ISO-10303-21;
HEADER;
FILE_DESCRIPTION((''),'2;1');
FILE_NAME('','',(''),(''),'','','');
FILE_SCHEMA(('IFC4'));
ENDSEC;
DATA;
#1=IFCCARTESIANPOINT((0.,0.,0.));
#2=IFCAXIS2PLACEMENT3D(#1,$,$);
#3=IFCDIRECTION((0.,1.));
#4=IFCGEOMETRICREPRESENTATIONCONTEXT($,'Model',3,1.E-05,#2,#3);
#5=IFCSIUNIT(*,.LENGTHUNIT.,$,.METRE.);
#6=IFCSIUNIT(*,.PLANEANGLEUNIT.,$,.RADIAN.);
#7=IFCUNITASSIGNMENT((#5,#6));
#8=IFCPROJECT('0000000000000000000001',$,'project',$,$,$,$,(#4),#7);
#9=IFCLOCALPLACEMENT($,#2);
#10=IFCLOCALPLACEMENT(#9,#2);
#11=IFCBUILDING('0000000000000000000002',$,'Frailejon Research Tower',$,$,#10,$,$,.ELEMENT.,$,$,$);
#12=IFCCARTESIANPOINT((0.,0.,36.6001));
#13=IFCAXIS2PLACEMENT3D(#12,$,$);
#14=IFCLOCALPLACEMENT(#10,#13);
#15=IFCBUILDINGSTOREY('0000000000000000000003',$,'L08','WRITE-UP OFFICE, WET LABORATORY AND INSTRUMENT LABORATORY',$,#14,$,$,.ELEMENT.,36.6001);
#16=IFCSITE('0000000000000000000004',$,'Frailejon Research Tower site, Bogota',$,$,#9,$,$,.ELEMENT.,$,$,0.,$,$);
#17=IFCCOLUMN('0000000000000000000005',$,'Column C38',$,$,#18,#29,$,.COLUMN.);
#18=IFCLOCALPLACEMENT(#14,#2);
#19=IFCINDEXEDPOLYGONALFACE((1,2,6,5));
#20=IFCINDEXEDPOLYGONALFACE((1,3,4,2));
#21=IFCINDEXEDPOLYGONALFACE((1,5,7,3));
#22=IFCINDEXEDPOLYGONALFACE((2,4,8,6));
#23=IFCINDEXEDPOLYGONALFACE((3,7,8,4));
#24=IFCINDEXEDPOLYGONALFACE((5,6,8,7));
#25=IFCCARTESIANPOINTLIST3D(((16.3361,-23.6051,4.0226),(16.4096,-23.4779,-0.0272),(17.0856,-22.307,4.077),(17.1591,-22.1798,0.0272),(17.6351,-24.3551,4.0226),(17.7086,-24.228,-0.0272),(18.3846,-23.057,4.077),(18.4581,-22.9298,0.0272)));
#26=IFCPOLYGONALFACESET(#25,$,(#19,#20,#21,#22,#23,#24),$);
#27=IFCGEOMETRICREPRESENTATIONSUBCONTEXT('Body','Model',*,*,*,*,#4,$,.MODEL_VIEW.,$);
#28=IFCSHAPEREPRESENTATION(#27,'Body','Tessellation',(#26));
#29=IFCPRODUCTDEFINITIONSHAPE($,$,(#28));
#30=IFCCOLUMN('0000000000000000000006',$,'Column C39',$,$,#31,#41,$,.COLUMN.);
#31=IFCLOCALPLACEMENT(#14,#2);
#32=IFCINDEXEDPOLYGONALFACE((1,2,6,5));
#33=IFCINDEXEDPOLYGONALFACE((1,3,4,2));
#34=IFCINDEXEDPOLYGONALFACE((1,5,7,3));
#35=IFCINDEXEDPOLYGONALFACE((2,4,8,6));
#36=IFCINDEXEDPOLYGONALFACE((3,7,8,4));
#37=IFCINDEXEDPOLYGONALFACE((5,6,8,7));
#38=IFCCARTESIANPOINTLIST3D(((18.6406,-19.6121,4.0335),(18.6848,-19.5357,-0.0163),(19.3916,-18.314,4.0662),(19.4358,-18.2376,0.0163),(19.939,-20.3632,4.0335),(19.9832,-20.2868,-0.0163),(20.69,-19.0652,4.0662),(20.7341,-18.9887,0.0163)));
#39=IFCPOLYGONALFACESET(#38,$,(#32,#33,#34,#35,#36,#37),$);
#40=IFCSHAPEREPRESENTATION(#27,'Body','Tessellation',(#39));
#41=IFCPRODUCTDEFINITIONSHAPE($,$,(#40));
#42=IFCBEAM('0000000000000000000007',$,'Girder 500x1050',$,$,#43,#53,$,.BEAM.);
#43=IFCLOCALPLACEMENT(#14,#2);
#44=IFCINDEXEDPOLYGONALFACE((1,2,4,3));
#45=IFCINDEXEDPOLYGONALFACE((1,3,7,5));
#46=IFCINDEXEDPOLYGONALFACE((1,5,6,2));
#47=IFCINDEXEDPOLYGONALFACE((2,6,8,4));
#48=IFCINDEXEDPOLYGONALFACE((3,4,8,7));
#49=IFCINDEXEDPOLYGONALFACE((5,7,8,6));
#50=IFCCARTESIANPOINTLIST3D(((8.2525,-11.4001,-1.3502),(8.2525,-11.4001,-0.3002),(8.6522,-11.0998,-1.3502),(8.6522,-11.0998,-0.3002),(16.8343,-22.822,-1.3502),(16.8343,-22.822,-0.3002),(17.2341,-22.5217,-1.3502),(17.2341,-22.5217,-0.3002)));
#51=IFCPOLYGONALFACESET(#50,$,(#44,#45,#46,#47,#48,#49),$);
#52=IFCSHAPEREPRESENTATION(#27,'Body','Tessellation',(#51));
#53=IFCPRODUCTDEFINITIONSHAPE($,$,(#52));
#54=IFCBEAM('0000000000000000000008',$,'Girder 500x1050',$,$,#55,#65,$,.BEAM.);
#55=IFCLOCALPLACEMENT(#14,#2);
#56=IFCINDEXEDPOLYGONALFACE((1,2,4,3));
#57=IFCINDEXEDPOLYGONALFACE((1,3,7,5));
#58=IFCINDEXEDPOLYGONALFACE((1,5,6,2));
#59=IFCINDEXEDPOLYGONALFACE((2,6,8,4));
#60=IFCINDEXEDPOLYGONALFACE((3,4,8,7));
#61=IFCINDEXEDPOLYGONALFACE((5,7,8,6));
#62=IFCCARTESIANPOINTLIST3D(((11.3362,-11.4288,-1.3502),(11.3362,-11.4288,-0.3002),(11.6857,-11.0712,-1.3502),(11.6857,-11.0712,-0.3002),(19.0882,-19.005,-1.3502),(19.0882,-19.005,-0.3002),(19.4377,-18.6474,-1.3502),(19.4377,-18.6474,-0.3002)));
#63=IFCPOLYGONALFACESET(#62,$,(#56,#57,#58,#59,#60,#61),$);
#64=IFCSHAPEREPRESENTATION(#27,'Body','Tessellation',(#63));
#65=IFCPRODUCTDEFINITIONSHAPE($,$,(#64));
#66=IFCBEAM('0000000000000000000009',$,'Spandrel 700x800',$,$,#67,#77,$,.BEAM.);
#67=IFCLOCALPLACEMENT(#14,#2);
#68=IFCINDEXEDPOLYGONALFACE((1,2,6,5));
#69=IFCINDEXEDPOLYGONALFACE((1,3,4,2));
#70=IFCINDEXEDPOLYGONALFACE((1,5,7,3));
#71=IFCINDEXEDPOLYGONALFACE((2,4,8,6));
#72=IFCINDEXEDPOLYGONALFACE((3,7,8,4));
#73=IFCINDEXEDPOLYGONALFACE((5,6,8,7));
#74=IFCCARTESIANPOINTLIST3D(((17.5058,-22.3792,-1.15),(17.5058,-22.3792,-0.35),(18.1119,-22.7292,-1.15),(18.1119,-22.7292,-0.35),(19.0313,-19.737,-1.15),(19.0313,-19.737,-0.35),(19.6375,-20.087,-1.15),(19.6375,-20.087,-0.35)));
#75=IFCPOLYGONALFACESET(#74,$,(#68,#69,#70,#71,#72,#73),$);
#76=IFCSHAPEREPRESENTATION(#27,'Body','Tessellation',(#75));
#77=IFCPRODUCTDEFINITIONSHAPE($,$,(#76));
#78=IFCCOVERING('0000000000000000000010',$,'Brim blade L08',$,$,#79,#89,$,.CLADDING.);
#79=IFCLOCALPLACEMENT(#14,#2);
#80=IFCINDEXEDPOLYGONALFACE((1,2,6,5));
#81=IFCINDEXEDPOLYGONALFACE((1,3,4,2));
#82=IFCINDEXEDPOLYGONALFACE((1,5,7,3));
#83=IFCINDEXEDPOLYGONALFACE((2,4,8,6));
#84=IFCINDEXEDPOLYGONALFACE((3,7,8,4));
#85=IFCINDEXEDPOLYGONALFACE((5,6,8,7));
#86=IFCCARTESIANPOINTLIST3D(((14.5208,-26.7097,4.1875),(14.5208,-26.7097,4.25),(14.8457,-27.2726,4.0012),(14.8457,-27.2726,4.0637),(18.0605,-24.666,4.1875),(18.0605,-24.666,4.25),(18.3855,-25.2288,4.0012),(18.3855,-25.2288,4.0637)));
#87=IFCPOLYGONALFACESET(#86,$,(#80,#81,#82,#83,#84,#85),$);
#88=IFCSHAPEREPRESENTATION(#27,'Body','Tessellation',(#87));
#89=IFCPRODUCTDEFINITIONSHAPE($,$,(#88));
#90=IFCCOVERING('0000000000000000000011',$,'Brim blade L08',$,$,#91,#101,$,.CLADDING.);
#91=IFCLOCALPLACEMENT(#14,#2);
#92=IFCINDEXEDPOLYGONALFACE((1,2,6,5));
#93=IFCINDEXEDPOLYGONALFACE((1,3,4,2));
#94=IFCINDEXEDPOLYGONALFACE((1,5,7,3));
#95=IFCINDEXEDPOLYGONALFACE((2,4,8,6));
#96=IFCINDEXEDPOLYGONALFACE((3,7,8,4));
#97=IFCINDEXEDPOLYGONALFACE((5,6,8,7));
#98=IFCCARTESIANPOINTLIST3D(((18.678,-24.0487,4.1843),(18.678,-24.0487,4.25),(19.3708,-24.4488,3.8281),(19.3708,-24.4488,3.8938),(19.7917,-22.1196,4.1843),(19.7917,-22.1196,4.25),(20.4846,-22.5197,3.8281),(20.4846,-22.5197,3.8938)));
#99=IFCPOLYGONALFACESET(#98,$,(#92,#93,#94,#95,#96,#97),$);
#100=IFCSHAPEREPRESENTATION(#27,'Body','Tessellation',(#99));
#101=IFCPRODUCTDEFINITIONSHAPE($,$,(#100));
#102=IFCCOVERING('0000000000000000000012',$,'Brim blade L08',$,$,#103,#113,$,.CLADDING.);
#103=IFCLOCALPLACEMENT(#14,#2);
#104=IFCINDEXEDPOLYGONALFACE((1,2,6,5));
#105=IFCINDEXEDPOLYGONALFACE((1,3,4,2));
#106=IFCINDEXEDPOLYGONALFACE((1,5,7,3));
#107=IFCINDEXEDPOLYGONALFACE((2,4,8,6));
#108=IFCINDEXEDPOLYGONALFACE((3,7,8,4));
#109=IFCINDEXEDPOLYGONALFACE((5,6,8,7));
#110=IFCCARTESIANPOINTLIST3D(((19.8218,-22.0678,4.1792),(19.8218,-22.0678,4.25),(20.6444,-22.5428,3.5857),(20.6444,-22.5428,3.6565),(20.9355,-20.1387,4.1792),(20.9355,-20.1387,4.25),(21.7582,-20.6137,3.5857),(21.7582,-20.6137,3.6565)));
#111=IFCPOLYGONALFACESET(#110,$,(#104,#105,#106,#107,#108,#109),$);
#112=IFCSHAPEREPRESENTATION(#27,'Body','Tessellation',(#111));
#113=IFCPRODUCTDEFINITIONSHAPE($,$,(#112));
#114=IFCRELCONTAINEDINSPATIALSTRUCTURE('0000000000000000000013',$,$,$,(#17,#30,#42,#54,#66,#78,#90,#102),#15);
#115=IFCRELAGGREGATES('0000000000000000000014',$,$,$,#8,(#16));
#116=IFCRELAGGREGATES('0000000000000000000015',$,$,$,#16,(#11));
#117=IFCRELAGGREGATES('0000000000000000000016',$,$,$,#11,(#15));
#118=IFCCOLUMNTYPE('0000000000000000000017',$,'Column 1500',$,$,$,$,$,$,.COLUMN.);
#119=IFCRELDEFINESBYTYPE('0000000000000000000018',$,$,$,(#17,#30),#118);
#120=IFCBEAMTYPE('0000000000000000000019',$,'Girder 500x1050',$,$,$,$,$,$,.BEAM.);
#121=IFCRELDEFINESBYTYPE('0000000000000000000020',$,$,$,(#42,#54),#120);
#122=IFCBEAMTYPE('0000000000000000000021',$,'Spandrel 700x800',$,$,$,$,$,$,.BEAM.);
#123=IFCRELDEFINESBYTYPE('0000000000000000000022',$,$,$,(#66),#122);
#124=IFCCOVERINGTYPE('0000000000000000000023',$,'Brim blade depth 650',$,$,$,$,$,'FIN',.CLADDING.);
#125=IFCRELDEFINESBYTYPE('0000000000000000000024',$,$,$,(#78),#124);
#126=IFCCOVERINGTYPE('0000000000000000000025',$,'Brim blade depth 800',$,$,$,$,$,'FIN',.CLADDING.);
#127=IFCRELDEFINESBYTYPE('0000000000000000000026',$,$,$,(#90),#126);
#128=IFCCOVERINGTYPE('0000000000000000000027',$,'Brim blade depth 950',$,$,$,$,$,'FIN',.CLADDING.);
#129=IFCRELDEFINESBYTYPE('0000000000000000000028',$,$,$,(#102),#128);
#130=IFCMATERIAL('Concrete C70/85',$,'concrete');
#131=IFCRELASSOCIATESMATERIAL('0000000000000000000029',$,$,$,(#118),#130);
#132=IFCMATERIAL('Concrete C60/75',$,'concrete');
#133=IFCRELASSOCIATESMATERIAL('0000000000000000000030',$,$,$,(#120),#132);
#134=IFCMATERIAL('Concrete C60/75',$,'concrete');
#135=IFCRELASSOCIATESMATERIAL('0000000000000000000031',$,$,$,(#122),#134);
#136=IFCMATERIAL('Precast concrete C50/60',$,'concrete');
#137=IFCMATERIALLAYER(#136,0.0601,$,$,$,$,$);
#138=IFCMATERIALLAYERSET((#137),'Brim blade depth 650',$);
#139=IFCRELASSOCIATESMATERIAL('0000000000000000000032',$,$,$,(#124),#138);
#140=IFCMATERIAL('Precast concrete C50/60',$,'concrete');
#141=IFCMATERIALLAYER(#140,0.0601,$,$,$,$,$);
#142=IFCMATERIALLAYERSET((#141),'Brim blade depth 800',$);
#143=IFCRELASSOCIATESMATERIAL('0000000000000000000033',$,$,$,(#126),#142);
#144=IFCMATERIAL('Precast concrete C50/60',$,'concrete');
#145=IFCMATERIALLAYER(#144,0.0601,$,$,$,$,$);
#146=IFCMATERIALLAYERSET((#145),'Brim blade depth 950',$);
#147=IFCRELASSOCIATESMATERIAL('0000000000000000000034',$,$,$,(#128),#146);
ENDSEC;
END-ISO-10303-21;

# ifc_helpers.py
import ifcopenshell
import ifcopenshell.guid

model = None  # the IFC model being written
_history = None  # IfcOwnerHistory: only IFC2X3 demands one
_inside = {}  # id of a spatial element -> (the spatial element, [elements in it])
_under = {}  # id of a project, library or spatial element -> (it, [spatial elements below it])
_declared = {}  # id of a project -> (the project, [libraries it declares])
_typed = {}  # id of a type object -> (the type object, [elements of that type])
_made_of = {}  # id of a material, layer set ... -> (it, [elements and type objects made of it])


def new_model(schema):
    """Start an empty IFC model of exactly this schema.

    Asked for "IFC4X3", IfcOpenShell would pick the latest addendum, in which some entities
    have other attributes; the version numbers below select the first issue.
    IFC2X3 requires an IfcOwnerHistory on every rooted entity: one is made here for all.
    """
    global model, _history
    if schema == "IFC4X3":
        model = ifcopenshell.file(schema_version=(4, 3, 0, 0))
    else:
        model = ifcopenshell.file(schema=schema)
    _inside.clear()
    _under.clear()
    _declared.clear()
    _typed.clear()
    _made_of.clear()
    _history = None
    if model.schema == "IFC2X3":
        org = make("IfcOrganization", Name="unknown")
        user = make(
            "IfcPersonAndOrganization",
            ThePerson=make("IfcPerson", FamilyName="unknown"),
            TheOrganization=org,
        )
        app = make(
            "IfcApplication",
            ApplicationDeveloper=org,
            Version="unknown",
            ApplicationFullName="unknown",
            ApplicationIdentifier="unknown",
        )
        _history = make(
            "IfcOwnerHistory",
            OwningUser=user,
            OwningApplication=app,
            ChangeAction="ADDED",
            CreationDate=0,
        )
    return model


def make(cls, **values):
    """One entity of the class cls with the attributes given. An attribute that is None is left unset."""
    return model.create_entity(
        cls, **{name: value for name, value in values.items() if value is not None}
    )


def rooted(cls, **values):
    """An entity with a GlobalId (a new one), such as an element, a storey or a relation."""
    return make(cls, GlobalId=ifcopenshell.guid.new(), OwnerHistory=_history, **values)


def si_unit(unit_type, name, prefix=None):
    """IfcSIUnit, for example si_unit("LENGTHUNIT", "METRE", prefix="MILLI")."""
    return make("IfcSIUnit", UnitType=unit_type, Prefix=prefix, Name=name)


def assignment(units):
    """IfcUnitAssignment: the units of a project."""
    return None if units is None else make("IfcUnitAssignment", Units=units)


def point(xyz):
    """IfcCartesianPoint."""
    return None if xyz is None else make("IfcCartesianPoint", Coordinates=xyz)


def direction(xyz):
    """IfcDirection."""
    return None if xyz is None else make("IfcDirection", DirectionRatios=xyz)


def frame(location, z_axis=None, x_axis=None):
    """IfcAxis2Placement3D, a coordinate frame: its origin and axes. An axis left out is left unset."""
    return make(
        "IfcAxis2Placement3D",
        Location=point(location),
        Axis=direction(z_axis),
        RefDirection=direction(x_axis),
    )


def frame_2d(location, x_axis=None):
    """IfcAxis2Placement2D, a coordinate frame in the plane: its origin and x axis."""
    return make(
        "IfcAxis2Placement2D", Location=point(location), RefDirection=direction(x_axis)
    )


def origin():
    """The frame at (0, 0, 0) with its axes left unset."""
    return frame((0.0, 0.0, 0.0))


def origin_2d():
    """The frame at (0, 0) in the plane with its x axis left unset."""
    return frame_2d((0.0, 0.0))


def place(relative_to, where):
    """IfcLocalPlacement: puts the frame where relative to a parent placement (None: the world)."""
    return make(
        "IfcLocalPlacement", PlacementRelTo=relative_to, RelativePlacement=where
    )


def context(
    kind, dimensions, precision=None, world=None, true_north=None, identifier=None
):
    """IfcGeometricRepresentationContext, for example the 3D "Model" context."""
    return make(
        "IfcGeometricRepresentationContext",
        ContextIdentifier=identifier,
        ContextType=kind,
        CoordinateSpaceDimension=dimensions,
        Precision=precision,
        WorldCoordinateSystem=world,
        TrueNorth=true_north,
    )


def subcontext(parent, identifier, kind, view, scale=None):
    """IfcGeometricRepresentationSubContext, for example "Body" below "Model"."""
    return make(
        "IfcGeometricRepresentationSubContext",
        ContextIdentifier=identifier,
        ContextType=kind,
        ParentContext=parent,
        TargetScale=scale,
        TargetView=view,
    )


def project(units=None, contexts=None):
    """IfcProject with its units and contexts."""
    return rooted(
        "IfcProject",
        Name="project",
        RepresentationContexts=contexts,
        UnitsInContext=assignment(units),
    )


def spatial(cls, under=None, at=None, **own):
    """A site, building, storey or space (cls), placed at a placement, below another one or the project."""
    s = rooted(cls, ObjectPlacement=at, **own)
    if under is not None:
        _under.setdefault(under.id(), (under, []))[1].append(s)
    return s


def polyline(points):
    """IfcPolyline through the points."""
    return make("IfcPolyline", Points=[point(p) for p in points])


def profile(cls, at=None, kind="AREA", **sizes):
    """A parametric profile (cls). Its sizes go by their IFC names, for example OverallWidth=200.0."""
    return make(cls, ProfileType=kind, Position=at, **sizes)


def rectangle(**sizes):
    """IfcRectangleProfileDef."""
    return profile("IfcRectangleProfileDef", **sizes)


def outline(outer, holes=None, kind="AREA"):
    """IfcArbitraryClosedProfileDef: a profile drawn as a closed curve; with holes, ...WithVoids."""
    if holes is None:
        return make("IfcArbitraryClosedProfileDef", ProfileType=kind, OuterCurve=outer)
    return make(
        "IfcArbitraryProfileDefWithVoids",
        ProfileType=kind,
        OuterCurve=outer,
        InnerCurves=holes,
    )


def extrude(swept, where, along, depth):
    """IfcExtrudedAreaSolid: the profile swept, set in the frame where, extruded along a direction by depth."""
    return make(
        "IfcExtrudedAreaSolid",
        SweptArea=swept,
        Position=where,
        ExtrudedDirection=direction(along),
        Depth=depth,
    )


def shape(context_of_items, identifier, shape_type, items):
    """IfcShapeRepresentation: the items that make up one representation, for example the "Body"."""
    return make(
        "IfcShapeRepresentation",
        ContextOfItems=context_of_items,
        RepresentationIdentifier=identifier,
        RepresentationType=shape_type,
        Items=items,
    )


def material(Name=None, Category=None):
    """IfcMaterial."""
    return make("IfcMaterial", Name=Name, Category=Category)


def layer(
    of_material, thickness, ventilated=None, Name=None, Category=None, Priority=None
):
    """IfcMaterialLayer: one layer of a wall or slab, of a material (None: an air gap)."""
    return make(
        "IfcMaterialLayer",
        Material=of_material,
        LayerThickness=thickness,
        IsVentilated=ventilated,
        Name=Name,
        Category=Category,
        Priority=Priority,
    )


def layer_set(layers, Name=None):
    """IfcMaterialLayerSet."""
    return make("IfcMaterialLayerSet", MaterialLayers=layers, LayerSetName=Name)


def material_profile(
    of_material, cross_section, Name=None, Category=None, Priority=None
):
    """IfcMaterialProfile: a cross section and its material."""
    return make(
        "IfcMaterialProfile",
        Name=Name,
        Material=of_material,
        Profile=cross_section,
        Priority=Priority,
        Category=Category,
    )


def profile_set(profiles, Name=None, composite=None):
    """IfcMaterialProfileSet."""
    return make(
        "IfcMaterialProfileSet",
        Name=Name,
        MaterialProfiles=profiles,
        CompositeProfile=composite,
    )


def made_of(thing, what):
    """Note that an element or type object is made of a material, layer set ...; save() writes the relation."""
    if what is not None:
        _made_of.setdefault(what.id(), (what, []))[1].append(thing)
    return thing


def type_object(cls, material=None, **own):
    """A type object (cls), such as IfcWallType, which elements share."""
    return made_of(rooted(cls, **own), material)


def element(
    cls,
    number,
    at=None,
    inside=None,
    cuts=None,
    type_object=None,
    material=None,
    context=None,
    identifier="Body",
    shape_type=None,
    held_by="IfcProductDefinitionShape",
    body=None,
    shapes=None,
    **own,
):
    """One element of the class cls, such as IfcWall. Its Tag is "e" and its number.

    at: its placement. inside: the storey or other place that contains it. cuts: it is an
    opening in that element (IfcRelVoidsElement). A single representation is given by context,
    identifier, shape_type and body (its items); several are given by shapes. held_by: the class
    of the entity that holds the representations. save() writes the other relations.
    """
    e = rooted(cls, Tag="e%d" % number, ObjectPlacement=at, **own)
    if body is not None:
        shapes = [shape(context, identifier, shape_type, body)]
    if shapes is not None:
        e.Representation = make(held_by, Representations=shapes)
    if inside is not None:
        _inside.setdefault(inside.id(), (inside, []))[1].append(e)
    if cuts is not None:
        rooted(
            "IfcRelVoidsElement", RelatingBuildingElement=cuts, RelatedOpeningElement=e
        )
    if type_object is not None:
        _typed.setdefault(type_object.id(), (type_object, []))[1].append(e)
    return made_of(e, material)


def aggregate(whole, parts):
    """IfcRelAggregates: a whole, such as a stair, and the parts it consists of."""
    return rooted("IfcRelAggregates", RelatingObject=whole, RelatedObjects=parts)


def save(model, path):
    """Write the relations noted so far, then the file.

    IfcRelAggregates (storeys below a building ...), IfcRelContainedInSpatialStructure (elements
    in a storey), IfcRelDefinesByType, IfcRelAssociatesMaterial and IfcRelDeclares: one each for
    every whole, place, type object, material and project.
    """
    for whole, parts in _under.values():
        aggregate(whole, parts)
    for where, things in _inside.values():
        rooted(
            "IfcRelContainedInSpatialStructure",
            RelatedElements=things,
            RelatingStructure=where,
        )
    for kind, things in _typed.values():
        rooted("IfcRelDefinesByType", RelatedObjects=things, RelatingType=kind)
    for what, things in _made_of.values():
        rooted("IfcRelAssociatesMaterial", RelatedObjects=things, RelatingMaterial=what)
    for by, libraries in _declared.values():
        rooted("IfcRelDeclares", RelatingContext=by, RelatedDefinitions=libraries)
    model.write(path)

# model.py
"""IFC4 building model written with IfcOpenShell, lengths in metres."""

from ifc_helpers import new_model, si_unit, direction, frame, origin, origin_2d, place, context, subcontext, project, spatial, polyline, rectangle, outline, extrude, material, layer, layer_set, material_profile, profile_set, type_object, element, save


model = new_model("IFC4")

# Units and contexts
model_context = context("Model", 3, precision=1e-05, world=origin(), true_north=direction((0.0, 1.0)))
body_context = subcontext(model_context, "Body", "Model", "MODEL_VIEW")
ifc_project = project(units=[si_unit("LENGTHUNIT", "METRE"), si_unit("PLANEANGLEUNIT", "RADIAN")], contexts=[model_context])

# Site, building, storey
site_placement = place(None, origin())
site = spatial("IfcSite", under=ifc_project, at=site_placement, Name="Frailejon Research Tower site, Bogota", CompositionType="ELEMENT", RefElevation=0.0)
building_placement = place(site_placement, origin())
building = spatial("IfcBuilding", under=site, at=building_placement, Name="Frailejon Research Tower", CompositionType="ELEMENT")
storey_placement = place(building_placement, frame((0.0, 0.0, 36.6001)))
storey = spatial("IfcBuildingStorey", under=building, at=storey_placement, Name="L08", Description="WRITE-UP OFFICE, WET LABORATORY AND INSTRUMENT LABORATORY", CompositionType="ELEMENT", Elevation=36.6001)

# Columns
ifc_material_1 = material(Name="Concrete C70/85", Category="concrete")
ifc_material_profile_1 = material_profile(ifc_material_1, rectangle(XDim=1.5, YDim=1.5, at=origin_2d()), Name="Column 1500")
ifc_profile_set_1 = profile_set([ifc_material_profile_1], Name="Concrete C70/85")
column_type = type_object("IfcColumnType", Name="Column 1500", PredefinedType="COLUMN", material=ifc_profile_set_1)
column_1_placement = place(storey_placement, frame((17.4338, -23.2039, 0.0), z_axis=(-0.018134, -0.031388, 0.999343), x_axis=(0.499675, 0.865454, 0.036249)))
element("IfcColumn", 1, at=column_1_placement, inside=storey, type_object=column_type, Name="Column C38", PredefinedType="COLUMN", context=body_context, shape_type="SweptSolid", body=[
    extrude(rectangle(XDim=1.5, YDim=1.5, at=origin_2d()), origin(), (0.0, 0.0, 1.0), 4.0525),
])
column_2_placement = place(storey_placement, frame((19.7095, -19.2622, 0.0), z_axis=(-0.010909, -0.018865, 0.999763), x_axis=(0.500638, 0.865382, 0.021792)))
element("IfcColumn", 2, at=column_2_placement, inside=storey, type_object=column_type, Name="Column C39", PredefinedType="COLUMN", context=body_context, shape_type="SweptSolid", body=[
    extrude(rectangle(XDim=1.5, YDim=1.5, at=origin_2d()), origin(), (0.0, 0.0, 1.0), 4.0508),
])

# Beams
ifc_material_2 = material(Name="Concrete C60/75", Category="concrete")
ifc_material_profile_2 = material_profile(ifc_material_2, rectangle(XDim=0.5, YDim=1.05, at=origin_2d()), Name="Girder 500x1050")
ifc_profile_set_2 = profile_set([ifc_material_profile_2], Name="Concrete C60/75")
beam_type_1 = type_object("IfcBeamType", Name="Girder 500x1050", PredefinedType="BEAM", material=ifc_profile_set_2)
beam_1_placement = place(storey_placement, frame((17.0342, -22.6719, -0.8252), z_axis=(-0.600689, 0.799483, 0.0), x_axis=(-0.799483, -0.600689, 0.0)))
element("IfcBeam", 3, at=beam_1_placement, inside=storey, type_object=beam_type_1, Name="Girder 500x1050", PredefinedType="BEAM", context=body_context, shape_type="SweptSolid", body=[
    extrude(rectangle(XDim=0.5, YDim=1.05, at=origin_2d()), origin(), (0.0, 0.0, 1.0), 14.2866),
])
beam_2_placement = place(storey_placement, frame((19.2629, -18.8262, -0.8252), z_axis=(-0.715169, 0.698952, 0.0), x_axis=(-0.698952, -0.715169, 0.0)))
element("IfcBeam", 4, at=beam_2_placement, inside=storey, type_object=beam_type_1, Name="Girder 500x1050", PredefinedType="BEAM", context=body_context, shape_type="SweptSolid", body=[
    extrude(rectangle(XDim=0.5, YDim=1.05, at=origin_2d()), origin(), (0.0, 0.0, 1.0), 10.8394),
])
ifc_material_3 = material(Name="Concrete C60/75", Category="concrete")
ifc_material_profile_3 = material_profile(ifc_material_3, rectangle(XDim=0.7, YDim=0.8, at=origin_2d()), Name="Spandrel 700x800")
ifc_profile_set_3 = profile_set([ifc_material_profile_3], Name="Concrete C60/75")
beam_type_2 = type_object("IfcBeamType", Name="Spandrel 700x800", PredefinedType="BEAM", material=ifc_profile_set_3)
beam_3_placement = place(storey_placement, frame((17.8088, -22.5542, -0.75), z_axis=(0.50002, 0.866014, 0.0), x_axis=(-0.866014, 0.50002, 0.0)))
element("IfcBeam", 5, at=beam_3_placement, inside=storey, type_object=beam_type_2, Name="Spandrel 700x800", PredefinedType="BEAM", context=body_context, shape_type="SweptSolid", body=[
    extrude(rectangle(XDim=0.7, YDim=0.8, at=origin_2d()), origin(), (0.0, 0.0, 1.0), 3.051),
])

# Coverings
ifc_material_4 = material(Name="Precast concrete C50/60", Category="concrete")
ifc_layer_1 = layer(ifc_material_4, 0.0601)
ifc_layer_set_1 = layer_set([ifc_layer_1], Name="Brim blade depth 650")
covering_type_1 = type_object("IfcCoveringType", Name="Brim blade depth 650", ElementType="FIN", PredefinedType="CLADDING", material=ifc_layer_set_1)
covering_1_placement = place(storey_placement, frame((18.0605, -24.666, 4.25), z_axis=(-0.866021, -0.500007, 0.0), x_axis=(0.500007, -0.866021, 0.0)))
element("IfcCovering", 6, at=covering_1_placement, inside=storey, type_object=covering_type_1, Name="Brim blade L08", PredefinedType="CLADDING", context=body_context, shape_type="SweptSolid", body=[
    extrude(outline(polyline([(0.0, -0.0625), (0.6499, -0.2488), (0.6499, -0.1863), (0.0, 0.0), (0.0, -0.0625)])), origin(), (0.0, 0.0, 1.0), 4.0874),
])
ifc_material_5 = material(Name="Precast concrete C50/60", Category="concrete")
ifc_layer_2 = layer(ifc_material_5, 0.0601)
ifc_layer_set_2 = layer_set([ifc_layer_2], Name="Brim blade depth 800")
covering_type_2 = type_object("IfcCoveringType", Name="Brim blade depth 800", ElementType="FIN", PredefinedType="CLADDING", material=ifc_layer_set_2)
covering_2_placement = place(storey_placement, frame((19.7917, -22.1196, 4.25), z_axis=(-0.500008, -0.866021, 0.0), x_axis=(0.866021, -0.500008, 0.0)))
element("IfcCovering", 7, at=covering_2_placement, inside=storey, type_object=covering_type_2, Name="Brim blade L08", PredefinedType="CLADDING", context=body_context, shape_type="SweptSolid", body=[
    extrude(outline(polyline([(0.0, -0.0657), (0.8, -0.4219), (0.8, -0.3562), (0.0, 0.0), (0.0, -0.0657)])), origin(), (0.0, 0.0, 1.0), 2.2275),
])
ifc_material_6 = material(Name="Precast concrete C50/60", Category="concrete")
ifc_layer_3 = layer(ifc_material_6, 0.0601)
ifc_layer_set_3 = layer_set([ifc_layer_3], Name="Brim blade depth 950")
covering_type_3 = type_object("IfcCoveringType", Name="Brim blade depth 950", ElementType="FIN", PredefinedType="CLADDING", material=ifc_layer_set_3)
covering_3_placement = place(storey_placement, frame((20.9355, -20.1387, 4.25), z_axis=(-0.500008, -0.866021, 0.0), x_axis=(0.866021, -0.500008, 0.0)))
element("IfcCovering", 8, at=covering_3_placement, inside=storey, type_object=covering_type_3, Name="Brim blade L08", PredefinedType="CLADDING", context=body_context, shape_type="SweptSolid", body=[
    extrude(outline(polyline([(0.0, -0.0708), (0.95, -0.6643), (0.95, -0.5935), (0.0, 0.0), (0.0, -0.0708)])), origin(), (0.0, 0.0, 1.0), 2.2275),
])

save(model, "model.ifc")
